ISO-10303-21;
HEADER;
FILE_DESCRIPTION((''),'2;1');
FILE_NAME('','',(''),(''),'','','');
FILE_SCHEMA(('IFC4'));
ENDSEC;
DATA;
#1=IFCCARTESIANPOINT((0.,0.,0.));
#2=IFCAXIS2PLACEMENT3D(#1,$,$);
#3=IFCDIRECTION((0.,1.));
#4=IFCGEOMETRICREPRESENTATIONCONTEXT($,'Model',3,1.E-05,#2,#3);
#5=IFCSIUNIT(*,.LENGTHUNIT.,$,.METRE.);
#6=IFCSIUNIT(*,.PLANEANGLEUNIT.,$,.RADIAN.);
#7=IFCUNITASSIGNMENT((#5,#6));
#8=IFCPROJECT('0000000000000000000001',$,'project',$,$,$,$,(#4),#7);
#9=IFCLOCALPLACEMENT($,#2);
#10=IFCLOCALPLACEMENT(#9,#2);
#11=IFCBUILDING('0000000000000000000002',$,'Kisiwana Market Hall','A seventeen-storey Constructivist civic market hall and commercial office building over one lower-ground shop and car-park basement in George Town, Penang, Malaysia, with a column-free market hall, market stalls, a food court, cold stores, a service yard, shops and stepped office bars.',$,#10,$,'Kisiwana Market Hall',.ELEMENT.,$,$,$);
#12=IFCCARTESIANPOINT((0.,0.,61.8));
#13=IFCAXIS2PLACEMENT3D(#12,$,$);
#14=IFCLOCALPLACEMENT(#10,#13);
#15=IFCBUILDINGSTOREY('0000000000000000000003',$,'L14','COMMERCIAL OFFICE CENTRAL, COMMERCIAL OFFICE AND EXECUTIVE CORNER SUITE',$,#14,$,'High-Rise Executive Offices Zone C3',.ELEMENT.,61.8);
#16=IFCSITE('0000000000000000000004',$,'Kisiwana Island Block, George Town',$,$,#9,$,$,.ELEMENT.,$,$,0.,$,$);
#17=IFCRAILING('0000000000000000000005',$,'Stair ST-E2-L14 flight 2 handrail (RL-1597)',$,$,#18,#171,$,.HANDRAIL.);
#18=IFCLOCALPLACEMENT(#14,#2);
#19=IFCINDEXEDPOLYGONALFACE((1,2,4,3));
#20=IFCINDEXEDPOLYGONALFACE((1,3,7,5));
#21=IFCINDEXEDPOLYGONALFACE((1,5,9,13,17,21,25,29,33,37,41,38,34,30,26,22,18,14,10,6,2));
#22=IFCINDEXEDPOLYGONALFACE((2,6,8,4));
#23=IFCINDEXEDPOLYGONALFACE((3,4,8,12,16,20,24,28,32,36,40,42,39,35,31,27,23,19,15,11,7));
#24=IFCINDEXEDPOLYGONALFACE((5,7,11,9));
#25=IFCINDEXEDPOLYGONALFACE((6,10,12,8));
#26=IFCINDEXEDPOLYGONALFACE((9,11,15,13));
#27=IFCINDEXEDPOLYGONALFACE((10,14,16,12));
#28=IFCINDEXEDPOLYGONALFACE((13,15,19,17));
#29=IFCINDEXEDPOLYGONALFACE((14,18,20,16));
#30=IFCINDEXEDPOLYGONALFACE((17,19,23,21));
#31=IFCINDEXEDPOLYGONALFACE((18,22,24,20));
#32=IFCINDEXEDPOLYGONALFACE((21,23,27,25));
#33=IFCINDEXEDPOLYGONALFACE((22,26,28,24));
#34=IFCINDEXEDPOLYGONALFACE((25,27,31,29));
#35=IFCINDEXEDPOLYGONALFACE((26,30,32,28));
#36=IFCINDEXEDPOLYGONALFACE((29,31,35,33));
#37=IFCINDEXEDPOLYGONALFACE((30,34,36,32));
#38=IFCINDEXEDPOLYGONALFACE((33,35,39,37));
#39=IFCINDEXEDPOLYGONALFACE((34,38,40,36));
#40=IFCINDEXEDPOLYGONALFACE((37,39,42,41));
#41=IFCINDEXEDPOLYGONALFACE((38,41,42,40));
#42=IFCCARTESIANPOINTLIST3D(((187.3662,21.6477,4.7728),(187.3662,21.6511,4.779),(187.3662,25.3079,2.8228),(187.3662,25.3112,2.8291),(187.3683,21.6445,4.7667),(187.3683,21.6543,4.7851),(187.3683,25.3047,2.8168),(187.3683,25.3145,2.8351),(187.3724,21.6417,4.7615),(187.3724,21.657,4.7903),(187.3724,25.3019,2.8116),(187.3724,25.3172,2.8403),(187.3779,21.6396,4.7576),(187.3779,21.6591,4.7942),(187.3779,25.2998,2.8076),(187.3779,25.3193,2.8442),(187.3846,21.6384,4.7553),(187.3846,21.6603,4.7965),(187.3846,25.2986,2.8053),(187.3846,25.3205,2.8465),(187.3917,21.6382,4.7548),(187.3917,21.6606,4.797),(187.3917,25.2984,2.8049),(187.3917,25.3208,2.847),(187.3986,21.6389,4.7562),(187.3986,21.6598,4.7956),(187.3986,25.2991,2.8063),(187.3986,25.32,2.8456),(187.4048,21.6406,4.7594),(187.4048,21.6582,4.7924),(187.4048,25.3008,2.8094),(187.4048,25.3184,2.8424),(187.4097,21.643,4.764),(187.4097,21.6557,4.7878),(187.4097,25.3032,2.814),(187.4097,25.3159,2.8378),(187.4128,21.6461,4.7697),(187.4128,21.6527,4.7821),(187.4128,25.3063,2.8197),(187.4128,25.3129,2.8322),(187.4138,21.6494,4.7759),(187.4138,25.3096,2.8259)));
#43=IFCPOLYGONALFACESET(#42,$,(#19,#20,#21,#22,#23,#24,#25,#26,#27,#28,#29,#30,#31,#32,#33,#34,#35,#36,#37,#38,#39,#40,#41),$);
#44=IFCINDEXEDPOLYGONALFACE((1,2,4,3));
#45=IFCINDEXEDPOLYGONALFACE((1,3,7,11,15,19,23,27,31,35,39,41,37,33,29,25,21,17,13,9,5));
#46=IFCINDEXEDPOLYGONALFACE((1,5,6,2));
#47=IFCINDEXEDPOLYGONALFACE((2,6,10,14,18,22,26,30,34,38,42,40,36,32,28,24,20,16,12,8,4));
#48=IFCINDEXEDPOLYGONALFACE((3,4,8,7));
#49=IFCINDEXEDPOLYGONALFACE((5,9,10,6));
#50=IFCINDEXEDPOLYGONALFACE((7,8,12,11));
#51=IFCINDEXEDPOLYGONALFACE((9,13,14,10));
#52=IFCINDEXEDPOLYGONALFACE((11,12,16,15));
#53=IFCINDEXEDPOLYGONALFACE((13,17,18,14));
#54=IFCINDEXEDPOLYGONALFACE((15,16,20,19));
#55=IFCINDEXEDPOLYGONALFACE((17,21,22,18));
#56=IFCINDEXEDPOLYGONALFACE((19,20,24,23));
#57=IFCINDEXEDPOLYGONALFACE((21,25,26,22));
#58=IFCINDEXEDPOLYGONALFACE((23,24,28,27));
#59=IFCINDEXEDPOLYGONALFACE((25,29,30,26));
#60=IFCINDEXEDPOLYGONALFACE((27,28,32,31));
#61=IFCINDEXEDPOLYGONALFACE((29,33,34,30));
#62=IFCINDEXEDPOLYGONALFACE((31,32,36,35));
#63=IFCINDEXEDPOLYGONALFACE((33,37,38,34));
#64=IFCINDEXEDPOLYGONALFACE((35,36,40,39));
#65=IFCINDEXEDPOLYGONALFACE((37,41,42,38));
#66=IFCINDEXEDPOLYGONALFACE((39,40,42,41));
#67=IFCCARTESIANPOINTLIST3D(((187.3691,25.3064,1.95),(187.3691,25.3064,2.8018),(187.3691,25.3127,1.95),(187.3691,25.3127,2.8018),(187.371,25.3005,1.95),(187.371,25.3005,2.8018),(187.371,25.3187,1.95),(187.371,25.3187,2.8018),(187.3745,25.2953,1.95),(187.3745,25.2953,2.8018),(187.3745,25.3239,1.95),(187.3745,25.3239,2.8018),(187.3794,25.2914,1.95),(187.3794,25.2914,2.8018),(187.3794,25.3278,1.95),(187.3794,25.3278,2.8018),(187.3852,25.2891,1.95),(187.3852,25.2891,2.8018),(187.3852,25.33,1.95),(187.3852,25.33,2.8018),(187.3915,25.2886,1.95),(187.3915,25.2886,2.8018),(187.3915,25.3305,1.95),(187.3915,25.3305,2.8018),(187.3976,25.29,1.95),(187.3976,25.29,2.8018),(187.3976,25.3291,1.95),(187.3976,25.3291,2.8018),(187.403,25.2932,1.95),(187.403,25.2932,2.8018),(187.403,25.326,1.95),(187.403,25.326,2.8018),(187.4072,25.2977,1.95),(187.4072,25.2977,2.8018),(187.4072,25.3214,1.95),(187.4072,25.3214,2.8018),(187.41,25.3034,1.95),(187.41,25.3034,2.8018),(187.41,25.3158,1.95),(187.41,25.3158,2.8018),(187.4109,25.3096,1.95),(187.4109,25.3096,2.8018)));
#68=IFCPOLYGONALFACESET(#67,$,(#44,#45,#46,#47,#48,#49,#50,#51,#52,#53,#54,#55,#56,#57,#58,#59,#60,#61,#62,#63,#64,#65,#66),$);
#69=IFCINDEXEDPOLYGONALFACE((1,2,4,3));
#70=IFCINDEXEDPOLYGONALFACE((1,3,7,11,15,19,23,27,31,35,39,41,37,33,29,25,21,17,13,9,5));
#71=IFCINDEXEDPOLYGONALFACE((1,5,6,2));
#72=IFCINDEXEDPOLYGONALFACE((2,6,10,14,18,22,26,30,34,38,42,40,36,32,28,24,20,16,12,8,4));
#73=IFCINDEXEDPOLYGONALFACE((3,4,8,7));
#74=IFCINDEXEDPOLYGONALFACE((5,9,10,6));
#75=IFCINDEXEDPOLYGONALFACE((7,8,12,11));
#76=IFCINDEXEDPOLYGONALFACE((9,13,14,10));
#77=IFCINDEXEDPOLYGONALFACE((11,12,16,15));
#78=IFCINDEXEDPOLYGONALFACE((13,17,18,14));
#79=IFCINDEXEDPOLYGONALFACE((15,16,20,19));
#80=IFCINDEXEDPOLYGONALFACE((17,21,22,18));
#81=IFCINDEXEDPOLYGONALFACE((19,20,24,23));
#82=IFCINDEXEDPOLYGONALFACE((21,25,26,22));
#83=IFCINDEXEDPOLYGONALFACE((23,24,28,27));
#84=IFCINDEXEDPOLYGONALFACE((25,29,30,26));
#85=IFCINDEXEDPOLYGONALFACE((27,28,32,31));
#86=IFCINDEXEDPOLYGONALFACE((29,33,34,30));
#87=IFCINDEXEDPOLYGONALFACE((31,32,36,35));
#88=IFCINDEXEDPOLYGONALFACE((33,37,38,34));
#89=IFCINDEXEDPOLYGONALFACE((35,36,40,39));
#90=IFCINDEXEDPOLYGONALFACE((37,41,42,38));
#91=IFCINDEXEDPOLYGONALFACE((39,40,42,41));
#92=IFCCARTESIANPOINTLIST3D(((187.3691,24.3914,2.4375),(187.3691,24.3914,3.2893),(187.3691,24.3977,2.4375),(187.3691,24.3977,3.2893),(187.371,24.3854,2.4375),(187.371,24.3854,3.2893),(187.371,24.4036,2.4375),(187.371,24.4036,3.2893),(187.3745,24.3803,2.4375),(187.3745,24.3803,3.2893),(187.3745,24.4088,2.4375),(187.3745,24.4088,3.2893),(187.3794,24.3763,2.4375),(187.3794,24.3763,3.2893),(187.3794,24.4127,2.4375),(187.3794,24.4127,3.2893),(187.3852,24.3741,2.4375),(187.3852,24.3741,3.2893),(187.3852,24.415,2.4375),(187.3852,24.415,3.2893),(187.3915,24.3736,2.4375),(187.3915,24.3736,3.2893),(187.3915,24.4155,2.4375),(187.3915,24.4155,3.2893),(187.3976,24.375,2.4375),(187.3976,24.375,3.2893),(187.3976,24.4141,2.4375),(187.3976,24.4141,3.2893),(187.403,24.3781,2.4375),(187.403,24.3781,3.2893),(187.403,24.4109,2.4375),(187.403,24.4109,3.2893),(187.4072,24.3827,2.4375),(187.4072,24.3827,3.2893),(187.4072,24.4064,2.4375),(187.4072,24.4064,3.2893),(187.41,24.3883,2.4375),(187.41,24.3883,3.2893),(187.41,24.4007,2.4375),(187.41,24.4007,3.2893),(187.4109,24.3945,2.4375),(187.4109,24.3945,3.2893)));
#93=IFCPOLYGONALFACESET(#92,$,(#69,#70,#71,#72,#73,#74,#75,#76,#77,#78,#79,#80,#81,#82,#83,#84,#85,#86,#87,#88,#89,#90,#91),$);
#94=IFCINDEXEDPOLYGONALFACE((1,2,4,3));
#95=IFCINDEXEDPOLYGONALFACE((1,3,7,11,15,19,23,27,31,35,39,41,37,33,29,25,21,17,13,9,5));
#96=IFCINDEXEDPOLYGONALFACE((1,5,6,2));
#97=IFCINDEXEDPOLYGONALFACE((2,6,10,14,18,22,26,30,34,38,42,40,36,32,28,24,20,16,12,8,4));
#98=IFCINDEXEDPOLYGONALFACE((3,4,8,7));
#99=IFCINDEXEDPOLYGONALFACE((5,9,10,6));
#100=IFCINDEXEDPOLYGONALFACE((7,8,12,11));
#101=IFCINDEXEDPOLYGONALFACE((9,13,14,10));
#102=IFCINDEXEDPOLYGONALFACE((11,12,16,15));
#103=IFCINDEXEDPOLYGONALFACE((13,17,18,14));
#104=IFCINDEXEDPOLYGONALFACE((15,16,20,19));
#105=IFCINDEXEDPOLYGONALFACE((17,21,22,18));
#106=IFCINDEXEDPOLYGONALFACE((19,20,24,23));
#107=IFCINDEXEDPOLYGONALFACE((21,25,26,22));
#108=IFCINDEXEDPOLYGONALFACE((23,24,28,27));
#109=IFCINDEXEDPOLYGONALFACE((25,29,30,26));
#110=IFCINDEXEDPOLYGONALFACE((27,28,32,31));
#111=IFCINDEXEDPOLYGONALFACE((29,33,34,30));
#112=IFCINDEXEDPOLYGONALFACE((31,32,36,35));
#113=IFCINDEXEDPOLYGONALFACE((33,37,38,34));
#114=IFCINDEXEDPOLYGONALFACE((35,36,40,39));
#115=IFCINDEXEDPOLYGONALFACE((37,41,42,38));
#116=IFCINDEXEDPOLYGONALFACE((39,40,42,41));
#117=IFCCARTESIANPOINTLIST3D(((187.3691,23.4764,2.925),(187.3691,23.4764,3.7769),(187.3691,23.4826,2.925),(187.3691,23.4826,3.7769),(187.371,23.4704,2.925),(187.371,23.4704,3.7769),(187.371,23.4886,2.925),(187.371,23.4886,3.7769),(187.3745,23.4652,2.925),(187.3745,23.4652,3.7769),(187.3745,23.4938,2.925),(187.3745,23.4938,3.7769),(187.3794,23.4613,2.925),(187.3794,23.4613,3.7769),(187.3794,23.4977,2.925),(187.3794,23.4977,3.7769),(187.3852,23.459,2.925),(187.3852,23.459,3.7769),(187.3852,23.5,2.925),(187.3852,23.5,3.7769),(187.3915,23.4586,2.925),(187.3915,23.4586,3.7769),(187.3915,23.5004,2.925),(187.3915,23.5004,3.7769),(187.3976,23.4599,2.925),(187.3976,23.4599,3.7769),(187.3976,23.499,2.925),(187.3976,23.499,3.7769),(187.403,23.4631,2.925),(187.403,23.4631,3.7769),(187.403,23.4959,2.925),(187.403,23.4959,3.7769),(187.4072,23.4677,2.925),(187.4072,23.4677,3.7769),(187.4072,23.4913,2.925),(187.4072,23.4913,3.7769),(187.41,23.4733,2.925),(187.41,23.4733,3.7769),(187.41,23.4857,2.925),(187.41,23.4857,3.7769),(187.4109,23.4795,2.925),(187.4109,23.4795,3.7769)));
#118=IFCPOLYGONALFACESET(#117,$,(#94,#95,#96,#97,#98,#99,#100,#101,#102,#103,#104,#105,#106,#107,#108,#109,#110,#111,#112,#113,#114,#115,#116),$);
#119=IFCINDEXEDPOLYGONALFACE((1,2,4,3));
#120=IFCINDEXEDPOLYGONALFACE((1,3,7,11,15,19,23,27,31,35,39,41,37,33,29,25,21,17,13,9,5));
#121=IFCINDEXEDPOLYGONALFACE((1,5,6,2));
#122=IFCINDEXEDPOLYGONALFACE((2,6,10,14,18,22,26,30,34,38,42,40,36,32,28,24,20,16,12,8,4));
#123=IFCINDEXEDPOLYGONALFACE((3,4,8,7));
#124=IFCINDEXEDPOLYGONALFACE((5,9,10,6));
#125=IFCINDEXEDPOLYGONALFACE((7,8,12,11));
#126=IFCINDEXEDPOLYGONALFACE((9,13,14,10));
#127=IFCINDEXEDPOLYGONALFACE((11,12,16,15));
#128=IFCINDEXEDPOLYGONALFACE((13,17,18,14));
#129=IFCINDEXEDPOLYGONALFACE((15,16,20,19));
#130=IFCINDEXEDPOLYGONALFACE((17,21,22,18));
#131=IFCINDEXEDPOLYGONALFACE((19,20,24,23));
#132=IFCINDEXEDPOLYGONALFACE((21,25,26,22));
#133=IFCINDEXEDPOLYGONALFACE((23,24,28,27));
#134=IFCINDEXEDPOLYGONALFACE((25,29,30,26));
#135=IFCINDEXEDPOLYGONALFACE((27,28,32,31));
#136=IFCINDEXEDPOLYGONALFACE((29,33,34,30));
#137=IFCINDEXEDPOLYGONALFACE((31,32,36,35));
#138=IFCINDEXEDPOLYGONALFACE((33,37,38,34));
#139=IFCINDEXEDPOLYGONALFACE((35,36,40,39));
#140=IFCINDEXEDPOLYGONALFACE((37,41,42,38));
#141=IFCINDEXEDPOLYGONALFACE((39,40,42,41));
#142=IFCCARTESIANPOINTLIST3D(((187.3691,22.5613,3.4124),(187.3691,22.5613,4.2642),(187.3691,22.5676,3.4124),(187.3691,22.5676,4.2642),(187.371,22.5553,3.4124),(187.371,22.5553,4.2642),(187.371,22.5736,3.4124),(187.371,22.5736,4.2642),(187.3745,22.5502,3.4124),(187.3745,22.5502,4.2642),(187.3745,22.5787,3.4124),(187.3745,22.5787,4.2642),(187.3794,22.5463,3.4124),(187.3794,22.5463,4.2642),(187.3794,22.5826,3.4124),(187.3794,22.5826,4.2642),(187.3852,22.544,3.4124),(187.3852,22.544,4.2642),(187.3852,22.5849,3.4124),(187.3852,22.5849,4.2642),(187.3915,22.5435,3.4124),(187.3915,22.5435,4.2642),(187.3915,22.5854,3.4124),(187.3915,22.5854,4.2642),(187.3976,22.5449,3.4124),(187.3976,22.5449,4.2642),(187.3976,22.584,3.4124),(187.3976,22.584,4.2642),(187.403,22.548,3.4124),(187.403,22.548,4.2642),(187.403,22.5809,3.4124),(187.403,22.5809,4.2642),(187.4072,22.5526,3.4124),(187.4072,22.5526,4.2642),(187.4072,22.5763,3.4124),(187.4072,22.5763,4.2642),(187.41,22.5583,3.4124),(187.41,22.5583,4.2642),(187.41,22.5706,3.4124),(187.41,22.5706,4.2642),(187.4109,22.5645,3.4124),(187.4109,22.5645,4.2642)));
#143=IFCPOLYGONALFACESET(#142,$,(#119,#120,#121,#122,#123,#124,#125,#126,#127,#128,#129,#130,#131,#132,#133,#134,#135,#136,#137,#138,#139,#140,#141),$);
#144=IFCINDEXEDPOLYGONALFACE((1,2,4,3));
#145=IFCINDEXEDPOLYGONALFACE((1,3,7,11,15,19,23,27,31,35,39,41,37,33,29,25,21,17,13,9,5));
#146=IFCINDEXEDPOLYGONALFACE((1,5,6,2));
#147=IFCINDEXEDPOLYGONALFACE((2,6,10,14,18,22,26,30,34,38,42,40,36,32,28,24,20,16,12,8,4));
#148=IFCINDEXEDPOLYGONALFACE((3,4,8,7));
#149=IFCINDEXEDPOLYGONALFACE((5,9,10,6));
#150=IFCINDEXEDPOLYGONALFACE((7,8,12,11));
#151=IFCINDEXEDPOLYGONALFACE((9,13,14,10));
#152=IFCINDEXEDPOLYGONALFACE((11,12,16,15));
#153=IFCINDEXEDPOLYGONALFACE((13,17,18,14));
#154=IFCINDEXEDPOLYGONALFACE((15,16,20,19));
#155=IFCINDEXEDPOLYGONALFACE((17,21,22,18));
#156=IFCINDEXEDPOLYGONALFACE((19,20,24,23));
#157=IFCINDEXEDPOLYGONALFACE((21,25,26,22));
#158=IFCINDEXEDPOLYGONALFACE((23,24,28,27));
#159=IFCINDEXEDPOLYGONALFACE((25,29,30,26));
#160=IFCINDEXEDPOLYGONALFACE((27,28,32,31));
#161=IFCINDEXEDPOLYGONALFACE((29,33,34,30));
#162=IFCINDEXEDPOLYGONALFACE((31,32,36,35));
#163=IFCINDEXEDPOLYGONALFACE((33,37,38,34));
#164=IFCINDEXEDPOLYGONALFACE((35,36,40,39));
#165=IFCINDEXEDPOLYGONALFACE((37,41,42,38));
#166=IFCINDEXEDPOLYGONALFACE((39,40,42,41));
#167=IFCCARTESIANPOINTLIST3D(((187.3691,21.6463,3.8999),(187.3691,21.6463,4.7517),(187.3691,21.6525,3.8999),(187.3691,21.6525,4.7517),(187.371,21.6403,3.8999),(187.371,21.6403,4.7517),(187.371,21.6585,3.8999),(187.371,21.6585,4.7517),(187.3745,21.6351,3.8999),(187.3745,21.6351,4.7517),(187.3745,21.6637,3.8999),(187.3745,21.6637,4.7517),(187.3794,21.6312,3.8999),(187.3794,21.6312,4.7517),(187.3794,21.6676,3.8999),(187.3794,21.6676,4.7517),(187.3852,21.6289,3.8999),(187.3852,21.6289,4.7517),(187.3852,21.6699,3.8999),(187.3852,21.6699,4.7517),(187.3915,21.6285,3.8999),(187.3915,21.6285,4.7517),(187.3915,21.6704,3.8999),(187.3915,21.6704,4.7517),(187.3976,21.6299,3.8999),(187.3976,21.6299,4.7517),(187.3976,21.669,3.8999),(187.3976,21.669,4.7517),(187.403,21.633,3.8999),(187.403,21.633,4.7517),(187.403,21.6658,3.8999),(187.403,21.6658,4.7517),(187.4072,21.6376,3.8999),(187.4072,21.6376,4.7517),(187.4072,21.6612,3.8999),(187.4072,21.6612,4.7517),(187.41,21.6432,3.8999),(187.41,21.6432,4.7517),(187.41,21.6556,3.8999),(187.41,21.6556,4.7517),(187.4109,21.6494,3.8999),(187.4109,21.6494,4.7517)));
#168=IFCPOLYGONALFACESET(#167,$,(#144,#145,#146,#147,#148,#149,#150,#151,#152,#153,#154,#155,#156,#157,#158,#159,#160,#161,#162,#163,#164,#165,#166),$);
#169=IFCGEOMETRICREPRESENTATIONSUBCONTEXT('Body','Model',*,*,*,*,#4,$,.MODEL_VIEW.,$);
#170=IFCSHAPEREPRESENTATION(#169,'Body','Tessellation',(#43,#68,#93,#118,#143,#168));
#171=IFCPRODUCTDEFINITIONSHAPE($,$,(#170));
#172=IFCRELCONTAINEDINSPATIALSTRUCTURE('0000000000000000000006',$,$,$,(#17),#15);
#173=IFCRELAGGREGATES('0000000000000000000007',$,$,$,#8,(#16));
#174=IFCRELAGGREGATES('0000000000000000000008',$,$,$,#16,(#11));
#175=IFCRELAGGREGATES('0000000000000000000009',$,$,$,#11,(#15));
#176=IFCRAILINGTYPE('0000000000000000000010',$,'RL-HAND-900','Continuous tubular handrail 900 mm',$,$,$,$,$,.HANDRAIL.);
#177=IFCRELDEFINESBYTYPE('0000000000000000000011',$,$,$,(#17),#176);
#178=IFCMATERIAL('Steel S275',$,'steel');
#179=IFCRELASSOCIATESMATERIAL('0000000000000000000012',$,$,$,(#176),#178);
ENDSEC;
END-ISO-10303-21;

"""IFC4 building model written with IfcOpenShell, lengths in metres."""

from ifc_helpers import new_model, si_unit, direction, frame, origin, origin_2d, place, context, subcontext, project, spatial, circle, extrude, material, type_object, element, save


model = new_model("IFC4")

# Units and contexts
model_context = context("Model", 3, precision=1e-05, world=origin(), true_north=direction((0.0, 1.0)))
body_context = subcontext(model_context, "Body", "Model", "MODEL_VIEW")
ifc_project = project(units=[si_unit("LENGTHUNIT", "METRE"), si_unit("PLANEANGLEUNIT", "RADIAN")], contexts=[model_context])

# Site, building, storey
site_placement = place(None, origin())
site = spatial("IfcSite", under=ifc_project, at=site_placement, Name="Kisiwana Island Block, George Town", CompositionType="ELEMENT", RefElevation=0.0)
building_placement = place(site_placement, origin())
building = spatial("IfcBuilding", under=site, at=building_placement, Name="Kisiwana Market Hall", Description="A seventeen-storey Constructivist civic market hall and commercial office building over one lower-ground shop and car-park basement in George Town, Penang, Malaysia, with a column-free market hall, market stalls, a food court, cold stores, a service yard, shops and stepped office bars.", LongName="Kisiwana Market Hall", CompositionType="ELEMENT")
storey_placement = place(building_placement, frame((0.0, 0.0, 61.8)))
storey = spatial("IfcBuildingStorey", under=building, at=storey_placement, Name="L14", Description="COMMERCIAL OFFICE CENTRAL, COMMERCIAL OFFICE AND EXECUTIVE CORNER SUITE", LongName="High-Rise Executive Offices Zone C3", CompositionType="ELEMENT", Elevation=61.8)

# Railing
ifc_material_1 = material(Name="Steel S275", Category="steel")
railing_type_1 = type_object("IfcRailingType", Name="RL-HAND-900", Description="Continuous tubular handrail 900 mm", PredefinedType="HANDRAIL", material=ifc_material_1)
railing_1_placement = place(storey_placement, frame((187.3899, 25.3096, 1.95)))
element("IfcRailing", 1, at=railing_1_placement, inside=storey, type_object=railing_type_1, Name="Stair ST-E2-L14 flight 2 handrail (RL-1597)", PredefinedType="HANDRAIL", context=body_context, shape_type="SweptSolid", body=[
    extrude(circle(Radius=0.0239, at=origin_2d()), frame((0.0, 0.0, 0.876), z_axis=(0.0, -0.882566, 0.470188), x_axis=(1.0, 0.0, 0.0)), (0.0, 0.0, 1.0), 4.1472),
    extrude(circle(Radius=0.021, at=origin_2d()), origin(), (0.0, 0.0, 1.0), 0.8518),
    extrude(circle(Radius=0.021, at=origin_2d()), frame((0.0, -0.915, 0.4875)), (0.0, 0.0, 1.0), 0.8518),
    extrude(circle(Radius=0.021, at=origin_2d()), frame((0.0, -1.8301, 0.9751)), (0.0, 0.0, 1.0), 0.8518),
    extrude(circle(Radius=0.021, at=origin_2d()), frame((0.0, -2.7451, 1.4624)), (0.0, 0.0, 1.0), 0.8518),
    extrude(circle(Radius=0.021, at=origin_2d()), frame((0.0, -3.6602, 1.95)), (0.0, 0.0, 1.0), 0.8518),
])

save(model, "model.ifc")
